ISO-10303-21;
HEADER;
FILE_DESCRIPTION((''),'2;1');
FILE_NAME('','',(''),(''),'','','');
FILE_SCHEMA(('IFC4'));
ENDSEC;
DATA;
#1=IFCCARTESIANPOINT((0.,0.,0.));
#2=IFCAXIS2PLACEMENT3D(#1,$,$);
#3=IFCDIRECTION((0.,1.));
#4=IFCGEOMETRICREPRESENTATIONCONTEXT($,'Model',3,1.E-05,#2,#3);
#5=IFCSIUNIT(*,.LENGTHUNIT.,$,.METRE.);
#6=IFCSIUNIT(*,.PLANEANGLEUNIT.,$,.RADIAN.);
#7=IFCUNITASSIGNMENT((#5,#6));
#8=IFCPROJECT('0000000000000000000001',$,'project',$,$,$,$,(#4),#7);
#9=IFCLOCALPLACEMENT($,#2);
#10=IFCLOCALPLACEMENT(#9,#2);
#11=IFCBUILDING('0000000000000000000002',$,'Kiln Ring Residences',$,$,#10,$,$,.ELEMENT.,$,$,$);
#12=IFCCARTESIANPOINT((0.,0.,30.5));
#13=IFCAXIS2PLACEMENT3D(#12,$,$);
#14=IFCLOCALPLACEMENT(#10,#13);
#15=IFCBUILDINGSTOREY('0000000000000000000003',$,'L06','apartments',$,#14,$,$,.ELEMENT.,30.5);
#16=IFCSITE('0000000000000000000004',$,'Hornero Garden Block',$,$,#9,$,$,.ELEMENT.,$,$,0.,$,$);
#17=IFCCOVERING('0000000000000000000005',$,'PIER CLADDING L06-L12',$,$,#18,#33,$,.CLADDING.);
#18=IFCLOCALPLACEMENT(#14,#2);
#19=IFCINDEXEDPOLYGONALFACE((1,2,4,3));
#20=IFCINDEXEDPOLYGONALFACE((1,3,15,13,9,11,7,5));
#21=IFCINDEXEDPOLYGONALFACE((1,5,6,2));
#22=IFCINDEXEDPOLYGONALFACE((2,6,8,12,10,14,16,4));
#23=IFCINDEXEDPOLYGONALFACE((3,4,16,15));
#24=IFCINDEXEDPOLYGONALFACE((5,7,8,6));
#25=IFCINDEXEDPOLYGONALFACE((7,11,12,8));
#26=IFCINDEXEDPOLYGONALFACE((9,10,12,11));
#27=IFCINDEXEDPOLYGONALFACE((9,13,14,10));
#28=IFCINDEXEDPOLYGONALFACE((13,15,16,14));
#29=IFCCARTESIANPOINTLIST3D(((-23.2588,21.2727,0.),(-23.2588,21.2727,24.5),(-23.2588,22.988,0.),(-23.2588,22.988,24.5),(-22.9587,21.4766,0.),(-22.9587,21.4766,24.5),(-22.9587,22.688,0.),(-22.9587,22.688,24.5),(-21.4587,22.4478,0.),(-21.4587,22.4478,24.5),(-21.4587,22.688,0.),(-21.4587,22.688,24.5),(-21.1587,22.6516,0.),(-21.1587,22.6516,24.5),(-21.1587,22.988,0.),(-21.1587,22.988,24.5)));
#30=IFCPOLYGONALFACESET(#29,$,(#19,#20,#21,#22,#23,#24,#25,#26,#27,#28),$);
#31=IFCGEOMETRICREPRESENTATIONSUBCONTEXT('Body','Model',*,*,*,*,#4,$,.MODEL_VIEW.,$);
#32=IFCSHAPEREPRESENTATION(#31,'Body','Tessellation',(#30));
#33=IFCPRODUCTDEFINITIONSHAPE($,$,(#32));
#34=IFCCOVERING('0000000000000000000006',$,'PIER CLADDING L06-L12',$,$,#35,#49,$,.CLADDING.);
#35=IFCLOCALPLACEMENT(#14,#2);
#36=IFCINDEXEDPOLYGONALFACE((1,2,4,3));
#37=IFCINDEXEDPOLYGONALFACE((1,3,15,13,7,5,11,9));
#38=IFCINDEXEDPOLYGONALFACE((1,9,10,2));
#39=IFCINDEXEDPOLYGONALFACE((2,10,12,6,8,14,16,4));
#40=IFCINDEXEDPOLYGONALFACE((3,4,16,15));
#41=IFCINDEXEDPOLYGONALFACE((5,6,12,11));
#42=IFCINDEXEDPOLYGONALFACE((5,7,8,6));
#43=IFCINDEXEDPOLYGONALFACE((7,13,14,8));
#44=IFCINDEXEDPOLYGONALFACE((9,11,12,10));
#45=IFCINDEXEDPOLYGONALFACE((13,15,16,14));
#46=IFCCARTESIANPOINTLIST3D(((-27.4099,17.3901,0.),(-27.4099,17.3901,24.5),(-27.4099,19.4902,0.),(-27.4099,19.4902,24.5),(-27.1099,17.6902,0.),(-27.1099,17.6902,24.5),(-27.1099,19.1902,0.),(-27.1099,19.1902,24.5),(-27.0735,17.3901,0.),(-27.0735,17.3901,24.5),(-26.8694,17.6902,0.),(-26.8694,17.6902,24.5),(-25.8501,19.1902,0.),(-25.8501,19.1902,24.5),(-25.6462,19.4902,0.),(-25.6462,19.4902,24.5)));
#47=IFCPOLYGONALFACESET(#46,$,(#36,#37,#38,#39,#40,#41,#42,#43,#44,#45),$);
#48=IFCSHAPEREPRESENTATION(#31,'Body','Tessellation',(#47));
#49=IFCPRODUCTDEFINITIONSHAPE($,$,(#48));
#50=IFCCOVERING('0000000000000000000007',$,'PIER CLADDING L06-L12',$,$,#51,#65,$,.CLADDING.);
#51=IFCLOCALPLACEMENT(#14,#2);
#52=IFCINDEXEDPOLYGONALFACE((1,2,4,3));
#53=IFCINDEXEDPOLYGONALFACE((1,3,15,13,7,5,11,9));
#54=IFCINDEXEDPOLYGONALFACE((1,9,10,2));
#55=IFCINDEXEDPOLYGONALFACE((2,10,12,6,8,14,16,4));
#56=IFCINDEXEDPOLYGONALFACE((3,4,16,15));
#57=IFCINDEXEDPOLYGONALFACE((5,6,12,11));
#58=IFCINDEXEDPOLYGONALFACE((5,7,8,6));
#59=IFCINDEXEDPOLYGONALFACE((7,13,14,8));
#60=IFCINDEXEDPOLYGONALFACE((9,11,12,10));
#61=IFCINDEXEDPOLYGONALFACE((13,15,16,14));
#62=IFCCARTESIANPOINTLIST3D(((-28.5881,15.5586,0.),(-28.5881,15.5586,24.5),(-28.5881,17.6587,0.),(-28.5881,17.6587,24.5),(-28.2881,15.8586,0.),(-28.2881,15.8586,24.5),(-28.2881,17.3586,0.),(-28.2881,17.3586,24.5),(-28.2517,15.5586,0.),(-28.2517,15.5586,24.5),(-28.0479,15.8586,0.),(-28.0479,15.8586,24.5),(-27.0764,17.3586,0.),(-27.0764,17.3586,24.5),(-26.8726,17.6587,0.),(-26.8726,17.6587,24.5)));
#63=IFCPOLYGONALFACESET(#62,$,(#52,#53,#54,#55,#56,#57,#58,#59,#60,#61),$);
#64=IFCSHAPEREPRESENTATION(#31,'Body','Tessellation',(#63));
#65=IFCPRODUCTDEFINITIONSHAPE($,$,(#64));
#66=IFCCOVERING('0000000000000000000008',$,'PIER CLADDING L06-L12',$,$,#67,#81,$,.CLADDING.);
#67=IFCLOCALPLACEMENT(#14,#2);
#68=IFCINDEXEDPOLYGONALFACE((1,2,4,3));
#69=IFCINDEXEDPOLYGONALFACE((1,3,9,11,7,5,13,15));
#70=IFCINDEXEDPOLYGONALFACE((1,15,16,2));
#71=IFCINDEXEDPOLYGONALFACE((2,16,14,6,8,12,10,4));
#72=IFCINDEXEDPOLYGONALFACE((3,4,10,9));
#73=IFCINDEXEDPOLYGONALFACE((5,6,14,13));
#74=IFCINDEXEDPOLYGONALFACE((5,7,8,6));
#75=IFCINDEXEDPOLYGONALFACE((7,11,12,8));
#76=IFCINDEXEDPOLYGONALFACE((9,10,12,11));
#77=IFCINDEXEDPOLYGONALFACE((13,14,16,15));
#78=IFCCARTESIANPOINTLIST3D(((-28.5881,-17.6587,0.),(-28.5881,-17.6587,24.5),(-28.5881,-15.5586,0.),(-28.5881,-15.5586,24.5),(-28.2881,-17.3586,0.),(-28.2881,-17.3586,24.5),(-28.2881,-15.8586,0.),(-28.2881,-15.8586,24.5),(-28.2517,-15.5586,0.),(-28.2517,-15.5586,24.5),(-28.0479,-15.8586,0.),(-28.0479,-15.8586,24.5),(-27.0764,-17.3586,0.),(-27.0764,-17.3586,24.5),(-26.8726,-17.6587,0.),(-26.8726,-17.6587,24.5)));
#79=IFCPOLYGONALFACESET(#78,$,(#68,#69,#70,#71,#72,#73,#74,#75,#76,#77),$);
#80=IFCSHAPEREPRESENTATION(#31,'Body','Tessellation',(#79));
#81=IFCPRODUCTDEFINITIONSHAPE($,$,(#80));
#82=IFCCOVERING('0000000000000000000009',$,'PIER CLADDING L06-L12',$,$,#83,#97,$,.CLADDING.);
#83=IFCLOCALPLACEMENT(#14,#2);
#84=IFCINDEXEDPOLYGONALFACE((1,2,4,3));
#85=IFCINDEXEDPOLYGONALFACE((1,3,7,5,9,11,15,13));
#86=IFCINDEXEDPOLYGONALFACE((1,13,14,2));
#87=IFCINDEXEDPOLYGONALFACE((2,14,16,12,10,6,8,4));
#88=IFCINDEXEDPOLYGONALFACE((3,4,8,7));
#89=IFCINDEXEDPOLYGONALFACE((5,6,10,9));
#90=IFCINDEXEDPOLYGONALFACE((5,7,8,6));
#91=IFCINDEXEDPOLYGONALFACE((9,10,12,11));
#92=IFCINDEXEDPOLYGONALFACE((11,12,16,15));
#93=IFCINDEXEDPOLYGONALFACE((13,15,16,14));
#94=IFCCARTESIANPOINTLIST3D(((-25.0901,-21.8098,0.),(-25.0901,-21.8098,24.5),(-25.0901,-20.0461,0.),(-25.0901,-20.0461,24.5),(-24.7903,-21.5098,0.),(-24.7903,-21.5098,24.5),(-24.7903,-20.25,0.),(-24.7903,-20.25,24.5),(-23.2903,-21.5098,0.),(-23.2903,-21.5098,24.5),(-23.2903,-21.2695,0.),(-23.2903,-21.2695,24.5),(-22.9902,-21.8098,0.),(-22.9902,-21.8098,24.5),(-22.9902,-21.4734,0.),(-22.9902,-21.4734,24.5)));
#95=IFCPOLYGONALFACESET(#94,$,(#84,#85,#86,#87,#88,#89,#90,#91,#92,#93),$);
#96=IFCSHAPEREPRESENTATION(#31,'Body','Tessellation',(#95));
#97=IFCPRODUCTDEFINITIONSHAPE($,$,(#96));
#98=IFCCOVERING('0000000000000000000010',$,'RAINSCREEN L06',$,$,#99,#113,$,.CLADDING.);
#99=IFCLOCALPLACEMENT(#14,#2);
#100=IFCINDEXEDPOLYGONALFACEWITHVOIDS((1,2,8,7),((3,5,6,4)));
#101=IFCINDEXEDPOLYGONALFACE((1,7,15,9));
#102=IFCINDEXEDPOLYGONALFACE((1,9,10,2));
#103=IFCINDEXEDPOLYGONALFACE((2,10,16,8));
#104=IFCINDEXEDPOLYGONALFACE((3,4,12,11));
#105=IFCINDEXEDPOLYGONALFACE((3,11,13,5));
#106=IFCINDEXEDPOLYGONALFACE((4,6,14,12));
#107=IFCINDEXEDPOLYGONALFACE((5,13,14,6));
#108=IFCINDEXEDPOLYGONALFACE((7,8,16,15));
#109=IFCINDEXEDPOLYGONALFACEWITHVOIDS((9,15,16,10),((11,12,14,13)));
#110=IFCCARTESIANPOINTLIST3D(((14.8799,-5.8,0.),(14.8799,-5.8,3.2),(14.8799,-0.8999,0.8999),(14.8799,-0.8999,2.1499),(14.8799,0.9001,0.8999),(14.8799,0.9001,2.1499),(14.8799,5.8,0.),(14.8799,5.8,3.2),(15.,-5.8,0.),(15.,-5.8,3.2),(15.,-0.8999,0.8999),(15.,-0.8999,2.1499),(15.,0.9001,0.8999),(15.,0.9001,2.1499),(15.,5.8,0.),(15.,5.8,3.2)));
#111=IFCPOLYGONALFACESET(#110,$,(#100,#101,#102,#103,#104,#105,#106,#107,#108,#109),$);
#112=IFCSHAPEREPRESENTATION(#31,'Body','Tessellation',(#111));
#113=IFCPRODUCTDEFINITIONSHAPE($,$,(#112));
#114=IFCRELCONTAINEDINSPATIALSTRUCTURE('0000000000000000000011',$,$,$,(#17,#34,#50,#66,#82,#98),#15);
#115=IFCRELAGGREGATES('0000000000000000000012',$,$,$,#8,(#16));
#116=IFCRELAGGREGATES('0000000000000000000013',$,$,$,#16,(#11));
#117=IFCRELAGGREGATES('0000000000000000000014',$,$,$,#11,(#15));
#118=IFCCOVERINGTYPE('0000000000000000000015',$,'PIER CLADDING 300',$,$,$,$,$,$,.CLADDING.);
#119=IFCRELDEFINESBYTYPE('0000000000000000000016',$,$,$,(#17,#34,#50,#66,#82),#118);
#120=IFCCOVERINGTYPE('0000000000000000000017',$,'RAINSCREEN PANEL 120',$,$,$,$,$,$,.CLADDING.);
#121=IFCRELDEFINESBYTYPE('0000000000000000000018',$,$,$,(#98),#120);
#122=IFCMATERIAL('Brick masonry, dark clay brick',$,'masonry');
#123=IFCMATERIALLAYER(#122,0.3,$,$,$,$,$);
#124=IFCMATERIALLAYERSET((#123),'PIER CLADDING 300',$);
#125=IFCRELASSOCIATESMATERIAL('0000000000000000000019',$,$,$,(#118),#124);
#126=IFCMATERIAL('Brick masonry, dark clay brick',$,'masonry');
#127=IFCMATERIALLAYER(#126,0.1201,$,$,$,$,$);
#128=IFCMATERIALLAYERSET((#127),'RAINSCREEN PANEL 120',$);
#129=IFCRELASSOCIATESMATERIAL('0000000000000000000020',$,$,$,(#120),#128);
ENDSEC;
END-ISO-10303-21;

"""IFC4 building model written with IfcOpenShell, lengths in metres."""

from ifc_helpers import new_model, si_unit, direction, frame, origin, place, context, subcontext, project, spatial, polyline, outline, extrude, material, layer, layer_set, type_object, element, save


model = new_model("IFC4")

# Units and contexts
model_context = context("Model", 3, precision=1e-05, world=origin(), true_north=direction((0.0, 1.0)))
body_context = subcontext(model_context, "Body", "Model", "MODEL_VIEW")
ifc_project = project(units=[si_unit("LENGTHUNIT", "METRE"), si_unit("PLANEANGLEUNIT", "RADIAN")], contexts=[model_context])

# Site, building, storey
site_placement = place(None, origin())
site = spatial("IfcSite", under=ifc_project, at=site_placement, Name="Hornero Garden Block", CompositionType="ELEMENT", RefElevation=0.0)
building_placement = place(site_placement, origin())
building = spatial("IfcBuilding", under=site, at=building_placement, Name="Kiln Ring Residences", CompositionType="ELEMENT")
storey_placement = place(building_placement, frame((0.0, 0.0, 30.5)))
storey = spatial("IfcBuildingStorey", under=building, at=storey_placement, Name="L06", Description="apartments", CompositionType="ELEMENT", Elevation=30.5)

# Coverings
placement = place(storey_placement, origin())
ifc_material_1 = material(Name="Brick masonry, dark clay brick", Category="masonry")
ifc_layer_1 = layer(ifc_material_1, 0.3)
ifc_layer_set_1 = layer_set([ifc_layer_1], Name="PIER CLADDING 300")
covering_type_1 = type_object("IfcCoveringType", Name="PIER CLADDING 300", PredefinedType="CLADDING", material=ifc_layer_set_1)
element("IfcCovering", 1, at=placement, inside=storey, type_object=covering_type_1, Name="PIER CLADDING L06-L12", PredefinedType="CLADDING", context=body_context, shape_type="SweptSolid", body=[
    extrude(outline(polyline([(-21.1587, 22.988), (-23.2588, 22.988), (-23.2588, 21.2727), (-22.9587, 21.4766), (-22.9587, 22.688), (-21.4587, 22.688), (-21.4587, 22.4478), (-21.1587, 22.6516), (-21.1587, 22.988)])), origin(), (0.0, 0.0, 1.0), 24.5),
])
element("IfcCovering", 2, at=placement, inside=storey, type_object=covering_type_1, Name="PIER CLADDING L06-L12", PredefinedType="CLADDING", context=body_context, shape_type="SweptSolid", body=[
    extrude(outline(polyline([(-25.6462, 19.4902), (-27.4099, 19.4902), (-27.4099, 17.3901), (-27.0735, 17.3901), (-26.8694, 17.6902), (-27.1099, 17.6902), (-27.1099, 19.1902), (-25.8501, 19.1902), (-25.6462, 19.4902)])), origin(), (0.0, 0.0, 1.0), 24.5),
])
element("IfcCovering", 3, at=placement, inside=storey, type_object=covering_type_1, Name="PIER CLADDING L06-L12", PredefinedType="CLADDING", context=body_context, shape_type="SweptSolid", body=[
    extrude(outline(polyline([(-26.8726, 17.6587), (-28.5881, 17.6587), (-28.5881, 15.5586), (-28.2517, 15.5586), (-28.0479, 15.8586), (-28.2881, 15.8586), (-28.2881, 17.3586), (-27.0764, 17.3586), (-26.8726, 17.6587)])), origin(), (0.0, 0.0, 1.0), 24.5),
])
element("IfcCovering", 4, at=placement, inside=storey, type_object=covering_type_1, Name="PIER CLADDING L06-L12", PredefinedType="CLADDING", context=body_context, shape_type="SweptSolid", body=[
    extrude(outline(polyline([(-28.2517, -15.5586), (-28.5881, -15.5586), (-28.5881, -17.6587), (-26.8726, -17.6587), (-27.0764, -17.3586), (-28.2881, -17.3586), (-28.2881, -15.8586), (-28.0479, -15.8586), (-28.2517, -15.5586)])), origin(), (0.0, 0.0, 1.0), 24.5),
])
element("IfcCovering", 5, at=placement, inside=storey, type_object=covering_type_1, Name="PIER CLADDING L06-L12", PredefinedType="CLADDING", context=body_context, shape_type="SweptSolid", body=[
    extrude(outline(polyline([(-24.7903, -20.25), (-25.0901, -20.0461), (-25.0901, -21.8098), (-22.9902, -21.8098), (-22.9902, -21.4734), (-23.2903, -21.2695), (-23.2903, -21.5098), (-24.7903, -21.5098), (-24.7903, -20.25)])), origin(), (0.0, 0.0, 1.0), 24.5),
])
ifc_material_2 = material(Name="Brick masonry, dark clay brick", Category="masonry")
ifc_layer_2 = layer(ifc_material_2, 0.1201)
ifc_layer_set_2 = layer_set([ifc_layer_2], Name="RAINSCREEN PANEL 120")
covering_type_2 = type_object("IfcCoveringType", Name="RAINSCREEN PANEL 120", PredefinedType="CLADDING", material=ifc_layer_set_2)
covering_1_placement = place(storey_placement, frame((14.9399, 5.8, 0.0), z_axis=(0.0, 0.0, 1.0), x_axis=(0.0, -1.0, 0.0)))
element("IfcCovering", 6, at=covering_1_placement, inside=storey, type_object=covering_type_2, Name="RAINSCREEN L06", PredefinedType="CLADDING", context=body_context, shape_type="SweptSolid", body=[
    extrude(outline(polyline([(0.0, 0.0), (11.6001, 0.0), (11.6001, 3.2), (0.0, 3.2), (0.0, 0.0)]), holes=[polyline([(4.8999, 2.1499), (4.8999, 0.8999), (6.7, 0.8999), (6.7, 2.1499), (4.8999, 2.1499)])]), frame((0.0, 0.0601, 0.0), z_axis=(0.0, -1.0, 0.0), x_axis=(1.0, 0.0, 0.0)), (0.0, 0.0, 1.0), 0.1201),
])

save(model, "model.ifc")
